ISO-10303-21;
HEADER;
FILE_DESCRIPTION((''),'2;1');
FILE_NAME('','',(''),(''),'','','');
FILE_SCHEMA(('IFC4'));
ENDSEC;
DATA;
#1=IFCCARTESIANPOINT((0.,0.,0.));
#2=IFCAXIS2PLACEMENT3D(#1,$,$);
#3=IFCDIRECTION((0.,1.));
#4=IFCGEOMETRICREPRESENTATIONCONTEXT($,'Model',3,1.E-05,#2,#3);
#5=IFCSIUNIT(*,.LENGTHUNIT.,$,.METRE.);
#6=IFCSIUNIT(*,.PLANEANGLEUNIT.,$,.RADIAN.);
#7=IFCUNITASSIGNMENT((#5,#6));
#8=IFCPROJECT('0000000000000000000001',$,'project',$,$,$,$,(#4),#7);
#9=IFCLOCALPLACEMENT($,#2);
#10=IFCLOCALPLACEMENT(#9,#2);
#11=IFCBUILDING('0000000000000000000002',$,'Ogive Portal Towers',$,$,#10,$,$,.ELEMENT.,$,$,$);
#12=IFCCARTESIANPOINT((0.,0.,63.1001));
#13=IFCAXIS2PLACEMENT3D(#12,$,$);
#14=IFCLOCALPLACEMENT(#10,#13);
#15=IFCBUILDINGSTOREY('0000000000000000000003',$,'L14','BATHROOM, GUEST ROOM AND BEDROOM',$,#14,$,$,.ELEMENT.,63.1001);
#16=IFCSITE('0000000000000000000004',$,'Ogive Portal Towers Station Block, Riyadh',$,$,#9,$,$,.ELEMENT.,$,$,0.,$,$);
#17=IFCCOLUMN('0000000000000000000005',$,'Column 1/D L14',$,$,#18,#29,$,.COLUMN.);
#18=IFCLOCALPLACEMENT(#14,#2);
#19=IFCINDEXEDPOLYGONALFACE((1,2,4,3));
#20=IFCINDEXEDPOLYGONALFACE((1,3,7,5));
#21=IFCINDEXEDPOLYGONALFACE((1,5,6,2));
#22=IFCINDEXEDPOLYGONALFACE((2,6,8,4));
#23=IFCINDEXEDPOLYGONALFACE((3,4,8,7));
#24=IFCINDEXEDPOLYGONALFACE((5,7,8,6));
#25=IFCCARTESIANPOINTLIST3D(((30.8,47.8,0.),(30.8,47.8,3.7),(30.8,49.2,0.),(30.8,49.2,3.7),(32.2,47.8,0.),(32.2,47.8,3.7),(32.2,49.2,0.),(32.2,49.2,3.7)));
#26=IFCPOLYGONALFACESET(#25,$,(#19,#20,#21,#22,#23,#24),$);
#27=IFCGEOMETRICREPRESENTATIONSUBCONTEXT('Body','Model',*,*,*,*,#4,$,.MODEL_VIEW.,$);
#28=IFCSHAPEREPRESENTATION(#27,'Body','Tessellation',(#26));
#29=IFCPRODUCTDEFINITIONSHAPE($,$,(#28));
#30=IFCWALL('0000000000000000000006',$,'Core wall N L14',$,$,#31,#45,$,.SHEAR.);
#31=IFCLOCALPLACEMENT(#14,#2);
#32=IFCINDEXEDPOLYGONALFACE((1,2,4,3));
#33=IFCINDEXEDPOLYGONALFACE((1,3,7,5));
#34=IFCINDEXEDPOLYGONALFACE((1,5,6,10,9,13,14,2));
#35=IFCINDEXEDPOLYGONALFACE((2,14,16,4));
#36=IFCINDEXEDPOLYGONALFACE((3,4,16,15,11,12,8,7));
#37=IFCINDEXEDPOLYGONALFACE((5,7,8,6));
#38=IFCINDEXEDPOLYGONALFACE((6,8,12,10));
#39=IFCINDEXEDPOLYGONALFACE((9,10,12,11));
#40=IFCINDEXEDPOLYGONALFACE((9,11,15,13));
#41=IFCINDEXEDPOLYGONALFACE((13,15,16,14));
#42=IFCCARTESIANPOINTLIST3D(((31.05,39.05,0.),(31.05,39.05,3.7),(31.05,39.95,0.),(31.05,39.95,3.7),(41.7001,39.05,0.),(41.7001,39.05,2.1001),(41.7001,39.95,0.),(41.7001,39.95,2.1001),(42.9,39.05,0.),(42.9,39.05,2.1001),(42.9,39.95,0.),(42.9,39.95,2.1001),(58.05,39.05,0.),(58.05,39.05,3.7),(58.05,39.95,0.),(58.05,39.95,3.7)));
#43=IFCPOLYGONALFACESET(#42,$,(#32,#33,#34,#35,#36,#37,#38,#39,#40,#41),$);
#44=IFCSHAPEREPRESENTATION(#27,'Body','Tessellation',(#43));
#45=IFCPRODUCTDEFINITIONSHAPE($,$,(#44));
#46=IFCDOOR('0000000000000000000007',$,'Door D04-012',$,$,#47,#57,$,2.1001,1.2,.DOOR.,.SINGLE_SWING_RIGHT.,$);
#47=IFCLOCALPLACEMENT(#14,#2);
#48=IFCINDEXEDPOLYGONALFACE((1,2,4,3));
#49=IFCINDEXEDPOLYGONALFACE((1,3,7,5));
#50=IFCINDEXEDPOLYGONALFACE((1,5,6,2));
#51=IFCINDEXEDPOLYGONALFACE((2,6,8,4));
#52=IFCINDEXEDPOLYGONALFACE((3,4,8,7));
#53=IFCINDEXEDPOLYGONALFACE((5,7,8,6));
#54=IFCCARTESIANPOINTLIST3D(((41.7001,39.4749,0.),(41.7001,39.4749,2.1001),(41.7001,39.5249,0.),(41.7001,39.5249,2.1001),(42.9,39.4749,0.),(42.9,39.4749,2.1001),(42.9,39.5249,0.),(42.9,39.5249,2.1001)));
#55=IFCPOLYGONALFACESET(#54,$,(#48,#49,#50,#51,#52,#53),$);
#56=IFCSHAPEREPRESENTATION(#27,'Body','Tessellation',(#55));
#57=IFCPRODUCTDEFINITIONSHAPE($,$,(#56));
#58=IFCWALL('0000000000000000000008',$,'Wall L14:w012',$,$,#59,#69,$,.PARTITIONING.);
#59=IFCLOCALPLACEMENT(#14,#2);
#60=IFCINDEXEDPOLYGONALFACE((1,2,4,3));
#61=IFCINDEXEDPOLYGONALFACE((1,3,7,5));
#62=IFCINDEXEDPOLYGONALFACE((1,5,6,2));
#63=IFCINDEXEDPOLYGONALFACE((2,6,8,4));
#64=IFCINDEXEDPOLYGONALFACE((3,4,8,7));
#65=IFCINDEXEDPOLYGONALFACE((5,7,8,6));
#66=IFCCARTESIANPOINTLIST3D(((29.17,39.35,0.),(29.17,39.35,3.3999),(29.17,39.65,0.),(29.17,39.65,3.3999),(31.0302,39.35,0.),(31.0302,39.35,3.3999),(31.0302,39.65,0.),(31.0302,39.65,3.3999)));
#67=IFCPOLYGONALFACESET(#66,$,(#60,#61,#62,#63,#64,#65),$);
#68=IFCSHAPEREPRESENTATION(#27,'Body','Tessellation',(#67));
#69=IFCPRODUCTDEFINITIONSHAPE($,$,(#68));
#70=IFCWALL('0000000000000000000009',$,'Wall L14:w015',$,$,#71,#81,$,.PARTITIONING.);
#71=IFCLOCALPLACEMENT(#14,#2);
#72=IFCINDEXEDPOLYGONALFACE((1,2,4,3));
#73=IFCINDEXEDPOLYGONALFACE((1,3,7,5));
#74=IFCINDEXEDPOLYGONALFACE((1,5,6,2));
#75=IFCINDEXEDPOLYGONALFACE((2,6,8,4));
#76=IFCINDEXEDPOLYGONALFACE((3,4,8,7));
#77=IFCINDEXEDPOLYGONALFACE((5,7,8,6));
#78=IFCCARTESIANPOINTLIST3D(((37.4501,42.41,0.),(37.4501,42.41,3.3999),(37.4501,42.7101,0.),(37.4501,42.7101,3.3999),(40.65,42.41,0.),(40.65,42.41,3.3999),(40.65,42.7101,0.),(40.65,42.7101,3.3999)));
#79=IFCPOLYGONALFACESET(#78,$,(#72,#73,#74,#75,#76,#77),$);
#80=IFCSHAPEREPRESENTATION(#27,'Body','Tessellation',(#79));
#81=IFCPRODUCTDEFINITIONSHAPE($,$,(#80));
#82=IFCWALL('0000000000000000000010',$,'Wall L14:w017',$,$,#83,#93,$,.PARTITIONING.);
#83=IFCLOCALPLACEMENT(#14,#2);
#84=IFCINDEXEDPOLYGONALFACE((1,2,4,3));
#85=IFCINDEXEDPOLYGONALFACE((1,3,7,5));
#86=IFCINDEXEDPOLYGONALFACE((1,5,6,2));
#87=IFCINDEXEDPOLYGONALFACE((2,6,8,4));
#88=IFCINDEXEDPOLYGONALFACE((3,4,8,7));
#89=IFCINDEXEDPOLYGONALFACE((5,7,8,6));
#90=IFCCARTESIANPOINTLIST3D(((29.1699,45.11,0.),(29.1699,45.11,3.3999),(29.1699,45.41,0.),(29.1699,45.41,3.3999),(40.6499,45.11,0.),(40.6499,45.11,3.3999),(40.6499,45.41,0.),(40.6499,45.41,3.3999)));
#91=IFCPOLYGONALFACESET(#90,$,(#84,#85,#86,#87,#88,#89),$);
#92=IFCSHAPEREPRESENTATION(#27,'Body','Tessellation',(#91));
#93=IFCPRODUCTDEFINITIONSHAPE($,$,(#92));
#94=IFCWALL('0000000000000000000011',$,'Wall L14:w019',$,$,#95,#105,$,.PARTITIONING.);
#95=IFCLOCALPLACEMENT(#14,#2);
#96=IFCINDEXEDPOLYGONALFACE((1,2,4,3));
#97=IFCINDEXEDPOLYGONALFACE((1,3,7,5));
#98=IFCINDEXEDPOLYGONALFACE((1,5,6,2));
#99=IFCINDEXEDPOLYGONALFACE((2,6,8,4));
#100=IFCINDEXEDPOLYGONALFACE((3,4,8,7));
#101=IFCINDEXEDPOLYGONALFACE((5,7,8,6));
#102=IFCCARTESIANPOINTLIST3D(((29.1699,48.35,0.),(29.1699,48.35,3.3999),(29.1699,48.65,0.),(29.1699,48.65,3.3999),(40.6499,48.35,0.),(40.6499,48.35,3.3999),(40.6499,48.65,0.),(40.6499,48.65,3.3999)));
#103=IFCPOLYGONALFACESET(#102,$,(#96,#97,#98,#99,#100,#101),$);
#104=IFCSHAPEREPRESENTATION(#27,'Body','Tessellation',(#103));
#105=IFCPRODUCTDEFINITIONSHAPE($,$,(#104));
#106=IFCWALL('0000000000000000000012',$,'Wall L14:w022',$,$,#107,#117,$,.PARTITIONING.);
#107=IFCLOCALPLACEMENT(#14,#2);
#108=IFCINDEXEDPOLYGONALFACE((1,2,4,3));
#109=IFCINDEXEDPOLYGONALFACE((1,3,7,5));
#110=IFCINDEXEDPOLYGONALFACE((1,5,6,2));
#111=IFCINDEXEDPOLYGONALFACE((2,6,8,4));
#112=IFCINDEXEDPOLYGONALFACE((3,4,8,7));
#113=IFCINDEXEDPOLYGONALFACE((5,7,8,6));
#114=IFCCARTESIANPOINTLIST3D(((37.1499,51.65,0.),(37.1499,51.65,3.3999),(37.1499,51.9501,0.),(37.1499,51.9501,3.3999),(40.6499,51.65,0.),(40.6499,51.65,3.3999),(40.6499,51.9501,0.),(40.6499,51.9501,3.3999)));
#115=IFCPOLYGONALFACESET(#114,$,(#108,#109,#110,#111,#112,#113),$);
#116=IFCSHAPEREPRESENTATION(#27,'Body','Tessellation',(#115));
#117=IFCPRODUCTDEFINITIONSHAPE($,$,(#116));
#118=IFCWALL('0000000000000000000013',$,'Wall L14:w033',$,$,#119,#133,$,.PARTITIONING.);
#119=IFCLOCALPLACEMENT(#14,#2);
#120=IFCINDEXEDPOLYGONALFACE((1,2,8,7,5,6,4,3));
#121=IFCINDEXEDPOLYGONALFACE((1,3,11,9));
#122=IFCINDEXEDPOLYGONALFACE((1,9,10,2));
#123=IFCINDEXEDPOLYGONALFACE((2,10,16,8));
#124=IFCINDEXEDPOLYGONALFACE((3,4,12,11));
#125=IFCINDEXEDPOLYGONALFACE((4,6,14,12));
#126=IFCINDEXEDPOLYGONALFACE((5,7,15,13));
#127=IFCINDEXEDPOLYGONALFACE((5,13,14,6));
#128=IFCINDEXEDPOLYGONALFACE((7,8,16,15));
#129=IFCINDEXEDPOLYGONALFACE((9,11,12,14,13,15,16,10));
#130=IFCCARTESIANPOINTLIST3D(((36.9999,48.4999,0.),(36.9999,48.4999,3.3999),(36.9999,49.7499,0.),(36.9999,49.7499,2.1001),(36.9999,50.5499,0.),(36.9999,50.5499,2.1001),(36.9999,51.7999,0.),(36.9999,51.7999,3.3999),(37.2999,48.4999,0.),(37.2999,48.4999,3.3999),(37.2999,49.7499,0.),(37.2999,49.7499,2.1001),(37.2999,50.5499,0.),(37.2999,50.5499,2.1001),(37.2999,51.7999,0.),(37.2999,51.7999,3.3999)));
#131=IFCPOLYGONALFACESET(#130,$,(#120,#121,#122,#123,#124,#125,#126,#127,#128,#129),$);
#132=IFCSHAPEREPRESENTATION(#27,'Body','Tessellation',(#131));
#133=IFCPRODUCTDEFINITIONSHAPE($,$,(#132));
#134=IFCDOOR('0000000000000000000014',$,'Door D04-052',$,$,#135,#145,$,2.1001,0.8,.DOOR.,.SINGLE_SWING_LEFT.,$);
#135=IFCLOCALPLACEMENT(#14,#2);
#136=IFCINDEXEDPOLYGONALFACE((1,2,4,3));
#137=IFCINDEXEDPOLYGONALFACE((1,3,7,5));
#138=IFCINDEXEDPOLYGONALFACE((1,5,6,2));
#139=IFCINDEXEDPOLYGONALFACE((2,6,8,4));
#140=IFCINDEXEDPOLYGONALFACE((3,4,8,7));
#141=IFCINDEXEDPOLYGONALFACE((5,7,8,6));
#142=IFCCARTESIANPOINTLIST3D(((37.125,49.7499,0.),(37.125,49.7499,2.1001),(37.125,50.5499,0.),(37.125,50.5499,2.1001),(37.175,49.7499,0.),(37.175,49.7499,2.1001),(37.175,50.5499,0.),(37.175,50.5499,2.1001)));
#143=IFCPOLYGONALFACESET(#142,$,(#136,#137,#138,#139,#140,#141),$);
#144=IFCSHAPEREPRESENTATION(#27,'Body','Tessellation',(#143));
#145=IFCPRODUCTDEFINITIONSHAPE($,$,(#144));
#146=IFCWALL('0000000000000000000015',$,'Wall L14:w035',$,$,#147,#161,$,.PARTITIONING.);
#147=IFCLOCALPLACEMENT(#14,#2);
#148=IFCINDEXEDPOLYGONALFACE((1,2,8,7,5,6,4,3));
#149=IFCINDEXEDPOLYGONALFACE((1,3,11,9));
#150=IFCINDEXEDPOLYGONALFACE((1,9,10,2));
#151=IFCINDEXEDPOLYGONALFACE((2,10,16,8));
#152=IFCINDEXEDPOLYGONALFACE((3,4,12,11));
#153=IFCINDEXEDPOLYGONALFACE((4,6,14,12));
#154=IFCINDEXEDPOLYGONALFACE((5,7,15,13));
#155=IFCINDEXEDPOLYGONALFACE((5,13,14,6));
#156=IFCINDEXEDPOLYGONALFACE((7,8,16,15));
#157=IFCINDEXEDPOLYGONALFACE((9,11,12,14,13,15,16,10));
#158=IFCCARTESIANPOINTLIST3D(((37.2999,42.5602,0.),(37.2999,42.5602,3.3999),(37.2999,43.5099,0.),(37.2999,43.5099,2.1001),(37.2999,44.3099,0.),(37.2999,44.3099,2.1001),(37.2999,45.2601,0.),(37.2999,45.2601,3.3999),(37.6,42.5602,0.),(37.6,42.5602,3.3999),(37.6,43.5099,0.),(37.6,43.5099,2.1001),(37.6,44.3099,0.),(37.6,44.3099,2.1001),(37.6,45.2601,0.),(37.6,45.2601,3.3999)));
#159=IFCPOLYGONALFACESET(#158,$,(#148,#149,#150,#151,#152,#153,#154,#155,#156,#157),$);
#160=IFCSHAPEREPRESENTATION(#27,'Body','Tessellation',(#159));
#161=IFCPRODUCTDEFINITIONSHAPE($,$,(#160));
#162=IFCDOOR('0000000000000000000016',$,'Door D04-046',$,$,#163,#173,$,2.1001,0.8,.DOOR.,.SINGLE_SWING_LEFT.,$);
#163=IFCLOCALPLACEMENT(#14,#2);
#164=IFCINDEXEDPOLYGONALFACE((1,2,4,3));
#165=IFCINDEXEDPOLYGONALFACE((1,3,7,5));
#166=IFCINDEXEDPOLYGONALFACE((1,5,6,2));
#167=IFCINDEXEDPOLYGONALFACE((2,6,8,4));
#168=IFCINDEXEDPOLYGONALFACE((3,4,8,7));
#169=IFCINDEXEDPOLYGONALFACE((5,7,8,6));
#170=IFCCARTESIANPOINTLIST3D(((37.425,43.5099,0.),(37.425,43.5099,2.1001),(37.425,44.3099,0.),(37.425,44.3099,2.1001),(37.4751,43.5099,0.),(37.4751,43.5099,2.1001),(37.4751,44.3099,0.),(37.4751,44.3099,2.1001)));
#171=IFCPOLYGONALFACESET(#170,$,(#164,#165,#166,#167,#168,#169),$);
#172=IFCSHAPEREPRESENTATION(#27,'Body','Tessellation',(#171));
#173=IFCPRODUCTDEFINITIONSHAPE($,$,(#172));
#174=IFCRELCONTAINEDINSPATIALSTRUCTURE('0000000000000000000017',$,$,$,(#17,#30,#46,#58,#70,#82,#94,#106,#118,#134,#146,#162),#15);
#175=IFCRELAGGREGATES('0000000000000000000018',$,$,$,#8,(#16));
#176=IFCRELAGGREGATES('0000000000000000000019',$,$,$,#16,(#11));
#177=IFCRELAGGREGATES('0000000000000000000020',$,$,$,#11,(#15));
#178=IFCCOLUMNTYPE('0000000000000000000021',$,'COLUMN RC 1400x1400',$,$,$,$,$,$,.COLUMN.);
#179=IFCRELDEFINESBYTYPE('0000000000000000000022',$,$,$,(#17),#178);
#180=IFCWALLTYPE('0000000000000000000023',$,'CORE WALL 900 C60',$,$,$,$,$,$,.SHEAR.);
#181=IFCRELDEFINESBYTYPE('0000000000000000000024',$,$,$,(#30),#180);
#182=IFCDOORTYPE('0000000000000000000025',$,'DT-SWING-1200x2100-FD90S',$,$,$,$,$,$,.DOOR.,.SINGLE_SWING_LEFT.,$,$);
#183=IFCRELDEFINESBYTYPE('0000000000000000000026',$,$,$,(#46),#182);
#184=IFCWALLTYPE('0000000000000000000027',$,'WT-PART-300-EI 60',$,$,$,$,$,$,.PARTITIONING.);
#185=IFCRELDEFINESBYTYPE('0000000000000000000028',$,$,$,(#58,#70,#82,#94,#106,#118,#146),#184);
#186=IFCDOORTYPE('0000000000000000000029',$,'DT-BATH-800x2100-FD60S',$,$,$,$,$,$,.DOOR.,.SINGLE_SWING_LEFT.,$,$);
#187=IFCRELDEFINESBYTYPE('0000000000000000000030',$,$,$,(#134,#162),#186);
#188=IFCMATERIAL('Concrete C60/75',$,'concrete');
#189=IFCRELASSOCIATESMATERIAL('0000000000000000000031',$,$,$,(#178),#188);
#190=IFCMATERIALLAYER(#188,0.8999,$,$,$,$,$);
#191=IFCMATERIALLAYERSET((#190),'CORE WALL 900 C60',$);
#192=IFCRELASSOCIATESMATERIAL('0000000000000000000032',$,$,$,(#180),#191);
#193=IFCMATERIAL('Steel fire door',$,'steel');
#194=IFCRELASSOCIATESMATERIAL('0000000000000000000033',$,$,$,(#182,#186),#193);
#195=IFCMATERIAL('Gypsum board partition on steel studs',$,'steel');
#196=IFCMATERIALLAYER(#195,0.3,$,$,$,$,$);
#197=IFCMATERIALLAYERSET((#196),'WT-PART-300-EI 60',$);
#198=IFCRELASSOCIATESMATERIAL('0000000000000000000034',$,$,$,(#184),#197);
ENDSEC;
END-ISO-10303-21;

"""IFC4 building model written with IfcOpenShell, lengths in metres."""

from ifc_helpers import new_model, si_unit, direction, frame, frame_2d, origin, origin_2d, place, context, subcontext, project, spatial, rectangle, extrude, material, layer, layer_set, material_profile, profile_set, type_object, element, fill, save


model = new_model("IFC4")

# Units and contexts
model_context = context("Model", 3, precision=1e-05, world=origin(), true_north=direction((0.0, 1.0)))
body_context = subcontext(model_context, "Body", "Model", "MODEL_VIEW")
ifc_project = project(units=[si_unit("LENGTHUNIT", "METRE"), si_unit("PLANEANGLEUNIT", "RADIAN")], contexts=[model_context])

# Site, building, storey
site_placement = place(None, origin())
site = spatial("IfcSite", under=ifc_project, at=site_placement, Name="Ogive Portal Towers Station Block, Riyadh", CompositionType="ELEMENT", RefElevation=0.0)
building_placement = place(site_placement, origin())
building = spatial("IfcBuilding", under=site, at=building_placement, Name="Ogive Portal Towers", CompositionType="ELEMENT")
storey_placement = place(building_placement, frame((0.0, 0.0, 63.1001)))
storey = spatial("IfcBuildingStorey", under=building, at=storey_placement, Name="L14", Description="BATHROOM, GUEST ROOM AND BEDROOM", CompositionType="ELEMENT", Elevation=63.1001)

# Column
ifc_material_1 = material(Name="Concrete C60/75", Category="concrete")
ifc_material_profile = material_profile(ifc_material_1, rectangle(XDim=1.3999, YDim=1.3999, at=origin_2d()), Name="RC 1400x1400")
ifc_profile_set = profile_set([ifc_material_profile], Name="Concrete C60/75")
column_type = type_object("IfcColumnType", Name="COLUMN RC 1400x1400", PredefinedType="COLUMN", material=ifc_profile_set)
column_placement = place(storey_placement, frame((31.5, 48.5, 0.0), z_axis=(0.0, 0.0, 1.0), x_axis=(1.0, 0.0, 0.0)))
element("IfcColumn", 1, at=column_placement, inside=storey, type_object=column_type, Name="Column 1/D L14", PredefinedType="COLUMN", context=body_context, shape_type="SweptSolid", body=[
    extrude(rectangle(XDim=1.3999, YDim=1.3999, at=origin_2d()), origin(), (0.0, 0.0, 1.0), 3.7),
])

# Wall, opening, door
ifc_layer_1 = layer(ifc_material_1, 0.8999)
ifc_layer_set_1 = layer_set([ifc_layer_1], Name="CORE WALL 900 C60")
wall_type_1 = type_object("IfcWallType", Name="CORE WALL 900 C60", PredefinedType="SHEAR", material=ifc_layer_set_1)
wall_1_placement = place(storey_placement, frame((31.05, 39.5, 0.0), z_axis=(0.0, 0.0, 1.0), x_axis=(1.0, 0.0, 0.0)))
wall_1 = element("IfcWall", 2, at=wall_1_placement, inside=storey, type_object=wall_type_1, Name="Core wall N L14", PredefinedType="SHEAR", context=body_context, shape_type="SweptSolid", body=[
    extrude(rectangle(XDim=27.0, YDim=0.8999, at=frame_2d((13.5, 0.0))), origin(), (0.0, 0.0, 1.0), 3.7),
])
opening_1_placement = place(wall_1_placement, frame((10.6499, 0.0, 0.0)))
opening_1 = element("IfcOpeningElement", 3, at=opening_1_placement, cuts=wall_1, PredefinedType="OPENING", context=body_context, shape_type="SweptSolid", body=[
    extrude(rectangle(XDim=1.2, YDim=2.1001, at=frame_2d((0.6001, 1.05))), frame((0.0, 0.46, 0.0), z_axis=(0.0, -1.0, 0.0), x_axis=(1.0, 0.0, 0.0)), (0.0, 0.0, 1.0), 0.9199),
])
ifc_material_2 = material(Name="Steel fire door", Category="steel")
door_type_1 = type_object("IfcDoorType", Name="DT-SWING-1200x2100-FD90S", OperationType="SINGLE_SWING_LEFT", PredefinedType="DOOR", material=ifc_material_2)
door_1_placement = place(opening_1_placement, origin())
door_1 = element("IfcDoor", 4, at=door_1_placement, inside=storey, type_object=door_type_1, Name="Door D04-012", OperationType="SINGLE_SWING_RIGHT", OverallHeight=2.1001, OverallWidth=1.2, PredefinedType="DOOR", context=body_context, shape_type="SweptSolid", body=[
    extrude(rectangle(XDim=1.2, YDim=2.1001, at=frame_2d((0.6001, 1.05))), frame((0.0, 0.0249, 0.0), z_axis=(0.0, -1.0, 0.0), x_axis=(1.0, 0.0, 0.0)), (0.0, 0.0, 1.0), 0.05),
])
fill(opening_1, door_1)

# Walls
ifc_material_3 = material(Name="Gypsum board partition on steel studs", Category="steel")
ifc_layer_2 = layer(ifc_material_3, 0.3)
ifc_layer_set_2 = layer_set([ifc_layer_2], Name="WT-PART-300-EI 60")
wall_type_2 = type_object("IfcWallType", Name="WT-PART-300-EI 60", PredefinedType="PARTITIONING", material=ifc_layer_set_2)
wall_2_placement = place(storey_placement, frame((29.1699, 39.5, 0.0), z_axis=(0.0, 0.0, 1.0), x_axis=(1.0, 0.0, 0.0)))
element("IfcWall", 5, at=wall_2_placement, inside=storey, type_object=wall_type_2, Name="Wall L14:w012", PredefinedType="PARTITIONING", context=body_context, shape_type="SweptSolid", body=[
    extrude(rectangle(XDim=1.8601, YDim=0.3, at=frame_2d((0.9302, 0.0))), origin(), (0.0, 0.0, 1.0), 3.3999),
])
wall_3_placement = place(storey_placement, frame((37.45, 42.5601, 0.0), z_axis=(0.0, 0.0, 1.0), x_axis=(1.0, 0.0, 0.0)))
element("IfcWall", 6, at=wall_3_placement, inside=storey, type_object=wall_type_2, Name="Wall L14:w015", PredefinedType="PARTITIONING", context=body_context, shape_type="SweptSolid", body=[
    extrude(rectangle(XDim=3.2, YDim=0.3, at=frame_2d((1.6001, 0.0))), origin(), (0.0, 0.0, 1.0), 3.3999),
])
for number, where, z_axis, x_axis, name in (
    (7, (29.1699, 45.26, 0.0), (0.0, 0.0, 1.0), (1.0, 0.0, 0.0), "Wall L14:w017"),
    (8, (29.1699, 48.5, 0.0), (0.0, 0.0, 1.0), (1.0, 0.0, 0.0), "Wall L14:w019"),
):
    element("IfcWall", number, at=place(storey_placement, frame(where, z_axis=z_axis, x_axis=x_axis)), inside=storey, type_object=wall_type_2, Name=name, PredefinedType="PARTITIONING", context=body_context, shape_type="SweptSolid", body=[
        extrude(rectangle(XDim=11.48, YDim=0.3, at=frame_2d((5.74, 0.0))), origin(), (0.0, 0.0, 1.0), 3.3999),
    ])
wall_4_placement = place(storey_placement, frame((37.1499, 51.8, 0.0), z_axis=(0.0, 0.0, 1.0), x_axis=(1.0, 0.0, 0.0)))
element("IfcWall", 9, at=wall_4_placement, inside=storey, type_object=wall_type_2, Name="Wall L14:w022", PredefinedType="PARTITIONING", context=body_context, shape_type="SweptSolid", body=[
    extrude(rectangle(XDim=3.5, YDim=0.3, at=frame_2d((1.75, 0.0))), origin(), (0.0, 0.0, 1.0), 3.3999),
])

# Walls, openings, doors
wall_5_placement = place(storey_placement, frame((37.1499, 48.5, 0.0), z_axis=(0.0, 0.0, 1.0), x_axis=(0.0, 1.0, 0.0)))
wall_5 = element("IfcWall", 10, at=wall_5_placement, inside=storey, type_object=wall_type_2, Name="Wall L14:w033", PredefinedType="PARTITIONING", context=body_context, shape_type="SweptSolid", body=[
    extrude(rectangle(XDim=3.3, YDim=0.3, at=frame_2d((1.6499, 0.0))), origin(), (0.0, 0.0, 1.0), 3.3999),
])
opening_2_placement = place(wall_5_placement, frame((1.25, 0.0, 0.0)))
opening_2 = element("IfcOpeningElement", 11, at=opening_2_placement, cuts=wall_5, PredefinedType="OPENING", context=body_context, shape_type="SweptSolid", body=[
    extrude(rectangle(XDim=0.8, YDim=2.1001, at=frame_2d((0.3999, 1.05))), frame((0.0, 0.1602, 0.0), z_axis=(0.0, -1.0, 0.0), x_axis=(1.0, 0.0, 0.0)), (0.0, 0.0, 1.0), 0.3201),
])
door_type_2 = type_object("IfcDoorType", Name="DT-BATH-800x2100-FD60S", OperationType="SINGLE_SWING_LEFT", PredefinedType="DOOR", material=ifc_material_2)
door_2_placement = place(opening_2_placement, origin())
door_2 = element("IfcDoor", 12, at=door_2_placement, inside=storey, type_object=door_type_2, Name="Door D04-052", OperationType="SINGLE_SWING_LEFT", OverallHeight=2.1001, OverallWidth=0.8, PredefinedType="DOOR", context=body_context, shape_type="SweptSolid", body=[
    extrude(rectangle(XDim=0.8, YDim=2.1001, at=frame_2d((0.3999, 1.05))), frame((0.0, 0.0249, 0.0), z_axis=(0.0, -1.0, 0.0), x_axis=(1.0, 0.0, 0.0)), (0.0, 0.0, 1.0), 0.05),
])
fill(opening_2, door_2)
wall_6_placement = place(storey_placement, frame((37.45, 42.5601, 0.0), z_axis=(0.0, 0.0, 1.0), x_axis=(0.0, 1.0, 0.0)))
wall_6 = element("IfcWall", 13, at=wall_6_placement, inside=storey, type_object=wall_type_2, Name="Wall L14:w035", PredefinedType="PARTITIONING", context=body_context, shape_type="SweptSolid", body=[
    extrude(rectangle(XDim=2.7, YDim=0.3, at=frame_2d((1.3501, 0.0))), origin(), (0.0, 0.0, 1.0), 3.3999),
])
opening_3_placement = place(wall_6_placement, frame((0.95, 0.0, 0.0)))
opening_3 = element("IfcOpeningElement", 14, at=opening_3_placement, cuts=wall_6, PredefinedType="OPENING", context=body_context, shape_type="SweptSolid", body=[
    extrude(rectangle(XDim=0.8, YDim=2.1001, at=frame_2d((0.3999, 1.05))), frame((0.0, 0.1602, 0.0), z_axis=(0.0, -1.0, 0.0), x_axis=(1.0, 0.0, 0.0)), (0.0, 0.0, 1.0), 0.3201),
])
door_3_placement = place(opening_3_placement, origin())
door_3 = element("IfcDoor", 15, at=door_3_placement, inside=storey, type_object=door_type_2, Name="Door D04-046", OperationType="SINGLE_SWING_LEFT", OverallHeight=2.1001, OverallWidth=0.8, PredefinedType="DOOR", context=body_context, shape_type="SweptSolid", body=[
    extrude(rectangle(XDim=0.8, YDim=2.1001, at=frame_2d((0.3999, 1.05))), frame((0.0, 0.0249, 0.0), z_axis=(0.0, -1.0, 0.0), x_axis=(1.0, 0.0, 0.0)), (0.0, 0.0, 1.0), 0.05),
])
fill(opening_3, door_3)

save(model, "model.ifc")
